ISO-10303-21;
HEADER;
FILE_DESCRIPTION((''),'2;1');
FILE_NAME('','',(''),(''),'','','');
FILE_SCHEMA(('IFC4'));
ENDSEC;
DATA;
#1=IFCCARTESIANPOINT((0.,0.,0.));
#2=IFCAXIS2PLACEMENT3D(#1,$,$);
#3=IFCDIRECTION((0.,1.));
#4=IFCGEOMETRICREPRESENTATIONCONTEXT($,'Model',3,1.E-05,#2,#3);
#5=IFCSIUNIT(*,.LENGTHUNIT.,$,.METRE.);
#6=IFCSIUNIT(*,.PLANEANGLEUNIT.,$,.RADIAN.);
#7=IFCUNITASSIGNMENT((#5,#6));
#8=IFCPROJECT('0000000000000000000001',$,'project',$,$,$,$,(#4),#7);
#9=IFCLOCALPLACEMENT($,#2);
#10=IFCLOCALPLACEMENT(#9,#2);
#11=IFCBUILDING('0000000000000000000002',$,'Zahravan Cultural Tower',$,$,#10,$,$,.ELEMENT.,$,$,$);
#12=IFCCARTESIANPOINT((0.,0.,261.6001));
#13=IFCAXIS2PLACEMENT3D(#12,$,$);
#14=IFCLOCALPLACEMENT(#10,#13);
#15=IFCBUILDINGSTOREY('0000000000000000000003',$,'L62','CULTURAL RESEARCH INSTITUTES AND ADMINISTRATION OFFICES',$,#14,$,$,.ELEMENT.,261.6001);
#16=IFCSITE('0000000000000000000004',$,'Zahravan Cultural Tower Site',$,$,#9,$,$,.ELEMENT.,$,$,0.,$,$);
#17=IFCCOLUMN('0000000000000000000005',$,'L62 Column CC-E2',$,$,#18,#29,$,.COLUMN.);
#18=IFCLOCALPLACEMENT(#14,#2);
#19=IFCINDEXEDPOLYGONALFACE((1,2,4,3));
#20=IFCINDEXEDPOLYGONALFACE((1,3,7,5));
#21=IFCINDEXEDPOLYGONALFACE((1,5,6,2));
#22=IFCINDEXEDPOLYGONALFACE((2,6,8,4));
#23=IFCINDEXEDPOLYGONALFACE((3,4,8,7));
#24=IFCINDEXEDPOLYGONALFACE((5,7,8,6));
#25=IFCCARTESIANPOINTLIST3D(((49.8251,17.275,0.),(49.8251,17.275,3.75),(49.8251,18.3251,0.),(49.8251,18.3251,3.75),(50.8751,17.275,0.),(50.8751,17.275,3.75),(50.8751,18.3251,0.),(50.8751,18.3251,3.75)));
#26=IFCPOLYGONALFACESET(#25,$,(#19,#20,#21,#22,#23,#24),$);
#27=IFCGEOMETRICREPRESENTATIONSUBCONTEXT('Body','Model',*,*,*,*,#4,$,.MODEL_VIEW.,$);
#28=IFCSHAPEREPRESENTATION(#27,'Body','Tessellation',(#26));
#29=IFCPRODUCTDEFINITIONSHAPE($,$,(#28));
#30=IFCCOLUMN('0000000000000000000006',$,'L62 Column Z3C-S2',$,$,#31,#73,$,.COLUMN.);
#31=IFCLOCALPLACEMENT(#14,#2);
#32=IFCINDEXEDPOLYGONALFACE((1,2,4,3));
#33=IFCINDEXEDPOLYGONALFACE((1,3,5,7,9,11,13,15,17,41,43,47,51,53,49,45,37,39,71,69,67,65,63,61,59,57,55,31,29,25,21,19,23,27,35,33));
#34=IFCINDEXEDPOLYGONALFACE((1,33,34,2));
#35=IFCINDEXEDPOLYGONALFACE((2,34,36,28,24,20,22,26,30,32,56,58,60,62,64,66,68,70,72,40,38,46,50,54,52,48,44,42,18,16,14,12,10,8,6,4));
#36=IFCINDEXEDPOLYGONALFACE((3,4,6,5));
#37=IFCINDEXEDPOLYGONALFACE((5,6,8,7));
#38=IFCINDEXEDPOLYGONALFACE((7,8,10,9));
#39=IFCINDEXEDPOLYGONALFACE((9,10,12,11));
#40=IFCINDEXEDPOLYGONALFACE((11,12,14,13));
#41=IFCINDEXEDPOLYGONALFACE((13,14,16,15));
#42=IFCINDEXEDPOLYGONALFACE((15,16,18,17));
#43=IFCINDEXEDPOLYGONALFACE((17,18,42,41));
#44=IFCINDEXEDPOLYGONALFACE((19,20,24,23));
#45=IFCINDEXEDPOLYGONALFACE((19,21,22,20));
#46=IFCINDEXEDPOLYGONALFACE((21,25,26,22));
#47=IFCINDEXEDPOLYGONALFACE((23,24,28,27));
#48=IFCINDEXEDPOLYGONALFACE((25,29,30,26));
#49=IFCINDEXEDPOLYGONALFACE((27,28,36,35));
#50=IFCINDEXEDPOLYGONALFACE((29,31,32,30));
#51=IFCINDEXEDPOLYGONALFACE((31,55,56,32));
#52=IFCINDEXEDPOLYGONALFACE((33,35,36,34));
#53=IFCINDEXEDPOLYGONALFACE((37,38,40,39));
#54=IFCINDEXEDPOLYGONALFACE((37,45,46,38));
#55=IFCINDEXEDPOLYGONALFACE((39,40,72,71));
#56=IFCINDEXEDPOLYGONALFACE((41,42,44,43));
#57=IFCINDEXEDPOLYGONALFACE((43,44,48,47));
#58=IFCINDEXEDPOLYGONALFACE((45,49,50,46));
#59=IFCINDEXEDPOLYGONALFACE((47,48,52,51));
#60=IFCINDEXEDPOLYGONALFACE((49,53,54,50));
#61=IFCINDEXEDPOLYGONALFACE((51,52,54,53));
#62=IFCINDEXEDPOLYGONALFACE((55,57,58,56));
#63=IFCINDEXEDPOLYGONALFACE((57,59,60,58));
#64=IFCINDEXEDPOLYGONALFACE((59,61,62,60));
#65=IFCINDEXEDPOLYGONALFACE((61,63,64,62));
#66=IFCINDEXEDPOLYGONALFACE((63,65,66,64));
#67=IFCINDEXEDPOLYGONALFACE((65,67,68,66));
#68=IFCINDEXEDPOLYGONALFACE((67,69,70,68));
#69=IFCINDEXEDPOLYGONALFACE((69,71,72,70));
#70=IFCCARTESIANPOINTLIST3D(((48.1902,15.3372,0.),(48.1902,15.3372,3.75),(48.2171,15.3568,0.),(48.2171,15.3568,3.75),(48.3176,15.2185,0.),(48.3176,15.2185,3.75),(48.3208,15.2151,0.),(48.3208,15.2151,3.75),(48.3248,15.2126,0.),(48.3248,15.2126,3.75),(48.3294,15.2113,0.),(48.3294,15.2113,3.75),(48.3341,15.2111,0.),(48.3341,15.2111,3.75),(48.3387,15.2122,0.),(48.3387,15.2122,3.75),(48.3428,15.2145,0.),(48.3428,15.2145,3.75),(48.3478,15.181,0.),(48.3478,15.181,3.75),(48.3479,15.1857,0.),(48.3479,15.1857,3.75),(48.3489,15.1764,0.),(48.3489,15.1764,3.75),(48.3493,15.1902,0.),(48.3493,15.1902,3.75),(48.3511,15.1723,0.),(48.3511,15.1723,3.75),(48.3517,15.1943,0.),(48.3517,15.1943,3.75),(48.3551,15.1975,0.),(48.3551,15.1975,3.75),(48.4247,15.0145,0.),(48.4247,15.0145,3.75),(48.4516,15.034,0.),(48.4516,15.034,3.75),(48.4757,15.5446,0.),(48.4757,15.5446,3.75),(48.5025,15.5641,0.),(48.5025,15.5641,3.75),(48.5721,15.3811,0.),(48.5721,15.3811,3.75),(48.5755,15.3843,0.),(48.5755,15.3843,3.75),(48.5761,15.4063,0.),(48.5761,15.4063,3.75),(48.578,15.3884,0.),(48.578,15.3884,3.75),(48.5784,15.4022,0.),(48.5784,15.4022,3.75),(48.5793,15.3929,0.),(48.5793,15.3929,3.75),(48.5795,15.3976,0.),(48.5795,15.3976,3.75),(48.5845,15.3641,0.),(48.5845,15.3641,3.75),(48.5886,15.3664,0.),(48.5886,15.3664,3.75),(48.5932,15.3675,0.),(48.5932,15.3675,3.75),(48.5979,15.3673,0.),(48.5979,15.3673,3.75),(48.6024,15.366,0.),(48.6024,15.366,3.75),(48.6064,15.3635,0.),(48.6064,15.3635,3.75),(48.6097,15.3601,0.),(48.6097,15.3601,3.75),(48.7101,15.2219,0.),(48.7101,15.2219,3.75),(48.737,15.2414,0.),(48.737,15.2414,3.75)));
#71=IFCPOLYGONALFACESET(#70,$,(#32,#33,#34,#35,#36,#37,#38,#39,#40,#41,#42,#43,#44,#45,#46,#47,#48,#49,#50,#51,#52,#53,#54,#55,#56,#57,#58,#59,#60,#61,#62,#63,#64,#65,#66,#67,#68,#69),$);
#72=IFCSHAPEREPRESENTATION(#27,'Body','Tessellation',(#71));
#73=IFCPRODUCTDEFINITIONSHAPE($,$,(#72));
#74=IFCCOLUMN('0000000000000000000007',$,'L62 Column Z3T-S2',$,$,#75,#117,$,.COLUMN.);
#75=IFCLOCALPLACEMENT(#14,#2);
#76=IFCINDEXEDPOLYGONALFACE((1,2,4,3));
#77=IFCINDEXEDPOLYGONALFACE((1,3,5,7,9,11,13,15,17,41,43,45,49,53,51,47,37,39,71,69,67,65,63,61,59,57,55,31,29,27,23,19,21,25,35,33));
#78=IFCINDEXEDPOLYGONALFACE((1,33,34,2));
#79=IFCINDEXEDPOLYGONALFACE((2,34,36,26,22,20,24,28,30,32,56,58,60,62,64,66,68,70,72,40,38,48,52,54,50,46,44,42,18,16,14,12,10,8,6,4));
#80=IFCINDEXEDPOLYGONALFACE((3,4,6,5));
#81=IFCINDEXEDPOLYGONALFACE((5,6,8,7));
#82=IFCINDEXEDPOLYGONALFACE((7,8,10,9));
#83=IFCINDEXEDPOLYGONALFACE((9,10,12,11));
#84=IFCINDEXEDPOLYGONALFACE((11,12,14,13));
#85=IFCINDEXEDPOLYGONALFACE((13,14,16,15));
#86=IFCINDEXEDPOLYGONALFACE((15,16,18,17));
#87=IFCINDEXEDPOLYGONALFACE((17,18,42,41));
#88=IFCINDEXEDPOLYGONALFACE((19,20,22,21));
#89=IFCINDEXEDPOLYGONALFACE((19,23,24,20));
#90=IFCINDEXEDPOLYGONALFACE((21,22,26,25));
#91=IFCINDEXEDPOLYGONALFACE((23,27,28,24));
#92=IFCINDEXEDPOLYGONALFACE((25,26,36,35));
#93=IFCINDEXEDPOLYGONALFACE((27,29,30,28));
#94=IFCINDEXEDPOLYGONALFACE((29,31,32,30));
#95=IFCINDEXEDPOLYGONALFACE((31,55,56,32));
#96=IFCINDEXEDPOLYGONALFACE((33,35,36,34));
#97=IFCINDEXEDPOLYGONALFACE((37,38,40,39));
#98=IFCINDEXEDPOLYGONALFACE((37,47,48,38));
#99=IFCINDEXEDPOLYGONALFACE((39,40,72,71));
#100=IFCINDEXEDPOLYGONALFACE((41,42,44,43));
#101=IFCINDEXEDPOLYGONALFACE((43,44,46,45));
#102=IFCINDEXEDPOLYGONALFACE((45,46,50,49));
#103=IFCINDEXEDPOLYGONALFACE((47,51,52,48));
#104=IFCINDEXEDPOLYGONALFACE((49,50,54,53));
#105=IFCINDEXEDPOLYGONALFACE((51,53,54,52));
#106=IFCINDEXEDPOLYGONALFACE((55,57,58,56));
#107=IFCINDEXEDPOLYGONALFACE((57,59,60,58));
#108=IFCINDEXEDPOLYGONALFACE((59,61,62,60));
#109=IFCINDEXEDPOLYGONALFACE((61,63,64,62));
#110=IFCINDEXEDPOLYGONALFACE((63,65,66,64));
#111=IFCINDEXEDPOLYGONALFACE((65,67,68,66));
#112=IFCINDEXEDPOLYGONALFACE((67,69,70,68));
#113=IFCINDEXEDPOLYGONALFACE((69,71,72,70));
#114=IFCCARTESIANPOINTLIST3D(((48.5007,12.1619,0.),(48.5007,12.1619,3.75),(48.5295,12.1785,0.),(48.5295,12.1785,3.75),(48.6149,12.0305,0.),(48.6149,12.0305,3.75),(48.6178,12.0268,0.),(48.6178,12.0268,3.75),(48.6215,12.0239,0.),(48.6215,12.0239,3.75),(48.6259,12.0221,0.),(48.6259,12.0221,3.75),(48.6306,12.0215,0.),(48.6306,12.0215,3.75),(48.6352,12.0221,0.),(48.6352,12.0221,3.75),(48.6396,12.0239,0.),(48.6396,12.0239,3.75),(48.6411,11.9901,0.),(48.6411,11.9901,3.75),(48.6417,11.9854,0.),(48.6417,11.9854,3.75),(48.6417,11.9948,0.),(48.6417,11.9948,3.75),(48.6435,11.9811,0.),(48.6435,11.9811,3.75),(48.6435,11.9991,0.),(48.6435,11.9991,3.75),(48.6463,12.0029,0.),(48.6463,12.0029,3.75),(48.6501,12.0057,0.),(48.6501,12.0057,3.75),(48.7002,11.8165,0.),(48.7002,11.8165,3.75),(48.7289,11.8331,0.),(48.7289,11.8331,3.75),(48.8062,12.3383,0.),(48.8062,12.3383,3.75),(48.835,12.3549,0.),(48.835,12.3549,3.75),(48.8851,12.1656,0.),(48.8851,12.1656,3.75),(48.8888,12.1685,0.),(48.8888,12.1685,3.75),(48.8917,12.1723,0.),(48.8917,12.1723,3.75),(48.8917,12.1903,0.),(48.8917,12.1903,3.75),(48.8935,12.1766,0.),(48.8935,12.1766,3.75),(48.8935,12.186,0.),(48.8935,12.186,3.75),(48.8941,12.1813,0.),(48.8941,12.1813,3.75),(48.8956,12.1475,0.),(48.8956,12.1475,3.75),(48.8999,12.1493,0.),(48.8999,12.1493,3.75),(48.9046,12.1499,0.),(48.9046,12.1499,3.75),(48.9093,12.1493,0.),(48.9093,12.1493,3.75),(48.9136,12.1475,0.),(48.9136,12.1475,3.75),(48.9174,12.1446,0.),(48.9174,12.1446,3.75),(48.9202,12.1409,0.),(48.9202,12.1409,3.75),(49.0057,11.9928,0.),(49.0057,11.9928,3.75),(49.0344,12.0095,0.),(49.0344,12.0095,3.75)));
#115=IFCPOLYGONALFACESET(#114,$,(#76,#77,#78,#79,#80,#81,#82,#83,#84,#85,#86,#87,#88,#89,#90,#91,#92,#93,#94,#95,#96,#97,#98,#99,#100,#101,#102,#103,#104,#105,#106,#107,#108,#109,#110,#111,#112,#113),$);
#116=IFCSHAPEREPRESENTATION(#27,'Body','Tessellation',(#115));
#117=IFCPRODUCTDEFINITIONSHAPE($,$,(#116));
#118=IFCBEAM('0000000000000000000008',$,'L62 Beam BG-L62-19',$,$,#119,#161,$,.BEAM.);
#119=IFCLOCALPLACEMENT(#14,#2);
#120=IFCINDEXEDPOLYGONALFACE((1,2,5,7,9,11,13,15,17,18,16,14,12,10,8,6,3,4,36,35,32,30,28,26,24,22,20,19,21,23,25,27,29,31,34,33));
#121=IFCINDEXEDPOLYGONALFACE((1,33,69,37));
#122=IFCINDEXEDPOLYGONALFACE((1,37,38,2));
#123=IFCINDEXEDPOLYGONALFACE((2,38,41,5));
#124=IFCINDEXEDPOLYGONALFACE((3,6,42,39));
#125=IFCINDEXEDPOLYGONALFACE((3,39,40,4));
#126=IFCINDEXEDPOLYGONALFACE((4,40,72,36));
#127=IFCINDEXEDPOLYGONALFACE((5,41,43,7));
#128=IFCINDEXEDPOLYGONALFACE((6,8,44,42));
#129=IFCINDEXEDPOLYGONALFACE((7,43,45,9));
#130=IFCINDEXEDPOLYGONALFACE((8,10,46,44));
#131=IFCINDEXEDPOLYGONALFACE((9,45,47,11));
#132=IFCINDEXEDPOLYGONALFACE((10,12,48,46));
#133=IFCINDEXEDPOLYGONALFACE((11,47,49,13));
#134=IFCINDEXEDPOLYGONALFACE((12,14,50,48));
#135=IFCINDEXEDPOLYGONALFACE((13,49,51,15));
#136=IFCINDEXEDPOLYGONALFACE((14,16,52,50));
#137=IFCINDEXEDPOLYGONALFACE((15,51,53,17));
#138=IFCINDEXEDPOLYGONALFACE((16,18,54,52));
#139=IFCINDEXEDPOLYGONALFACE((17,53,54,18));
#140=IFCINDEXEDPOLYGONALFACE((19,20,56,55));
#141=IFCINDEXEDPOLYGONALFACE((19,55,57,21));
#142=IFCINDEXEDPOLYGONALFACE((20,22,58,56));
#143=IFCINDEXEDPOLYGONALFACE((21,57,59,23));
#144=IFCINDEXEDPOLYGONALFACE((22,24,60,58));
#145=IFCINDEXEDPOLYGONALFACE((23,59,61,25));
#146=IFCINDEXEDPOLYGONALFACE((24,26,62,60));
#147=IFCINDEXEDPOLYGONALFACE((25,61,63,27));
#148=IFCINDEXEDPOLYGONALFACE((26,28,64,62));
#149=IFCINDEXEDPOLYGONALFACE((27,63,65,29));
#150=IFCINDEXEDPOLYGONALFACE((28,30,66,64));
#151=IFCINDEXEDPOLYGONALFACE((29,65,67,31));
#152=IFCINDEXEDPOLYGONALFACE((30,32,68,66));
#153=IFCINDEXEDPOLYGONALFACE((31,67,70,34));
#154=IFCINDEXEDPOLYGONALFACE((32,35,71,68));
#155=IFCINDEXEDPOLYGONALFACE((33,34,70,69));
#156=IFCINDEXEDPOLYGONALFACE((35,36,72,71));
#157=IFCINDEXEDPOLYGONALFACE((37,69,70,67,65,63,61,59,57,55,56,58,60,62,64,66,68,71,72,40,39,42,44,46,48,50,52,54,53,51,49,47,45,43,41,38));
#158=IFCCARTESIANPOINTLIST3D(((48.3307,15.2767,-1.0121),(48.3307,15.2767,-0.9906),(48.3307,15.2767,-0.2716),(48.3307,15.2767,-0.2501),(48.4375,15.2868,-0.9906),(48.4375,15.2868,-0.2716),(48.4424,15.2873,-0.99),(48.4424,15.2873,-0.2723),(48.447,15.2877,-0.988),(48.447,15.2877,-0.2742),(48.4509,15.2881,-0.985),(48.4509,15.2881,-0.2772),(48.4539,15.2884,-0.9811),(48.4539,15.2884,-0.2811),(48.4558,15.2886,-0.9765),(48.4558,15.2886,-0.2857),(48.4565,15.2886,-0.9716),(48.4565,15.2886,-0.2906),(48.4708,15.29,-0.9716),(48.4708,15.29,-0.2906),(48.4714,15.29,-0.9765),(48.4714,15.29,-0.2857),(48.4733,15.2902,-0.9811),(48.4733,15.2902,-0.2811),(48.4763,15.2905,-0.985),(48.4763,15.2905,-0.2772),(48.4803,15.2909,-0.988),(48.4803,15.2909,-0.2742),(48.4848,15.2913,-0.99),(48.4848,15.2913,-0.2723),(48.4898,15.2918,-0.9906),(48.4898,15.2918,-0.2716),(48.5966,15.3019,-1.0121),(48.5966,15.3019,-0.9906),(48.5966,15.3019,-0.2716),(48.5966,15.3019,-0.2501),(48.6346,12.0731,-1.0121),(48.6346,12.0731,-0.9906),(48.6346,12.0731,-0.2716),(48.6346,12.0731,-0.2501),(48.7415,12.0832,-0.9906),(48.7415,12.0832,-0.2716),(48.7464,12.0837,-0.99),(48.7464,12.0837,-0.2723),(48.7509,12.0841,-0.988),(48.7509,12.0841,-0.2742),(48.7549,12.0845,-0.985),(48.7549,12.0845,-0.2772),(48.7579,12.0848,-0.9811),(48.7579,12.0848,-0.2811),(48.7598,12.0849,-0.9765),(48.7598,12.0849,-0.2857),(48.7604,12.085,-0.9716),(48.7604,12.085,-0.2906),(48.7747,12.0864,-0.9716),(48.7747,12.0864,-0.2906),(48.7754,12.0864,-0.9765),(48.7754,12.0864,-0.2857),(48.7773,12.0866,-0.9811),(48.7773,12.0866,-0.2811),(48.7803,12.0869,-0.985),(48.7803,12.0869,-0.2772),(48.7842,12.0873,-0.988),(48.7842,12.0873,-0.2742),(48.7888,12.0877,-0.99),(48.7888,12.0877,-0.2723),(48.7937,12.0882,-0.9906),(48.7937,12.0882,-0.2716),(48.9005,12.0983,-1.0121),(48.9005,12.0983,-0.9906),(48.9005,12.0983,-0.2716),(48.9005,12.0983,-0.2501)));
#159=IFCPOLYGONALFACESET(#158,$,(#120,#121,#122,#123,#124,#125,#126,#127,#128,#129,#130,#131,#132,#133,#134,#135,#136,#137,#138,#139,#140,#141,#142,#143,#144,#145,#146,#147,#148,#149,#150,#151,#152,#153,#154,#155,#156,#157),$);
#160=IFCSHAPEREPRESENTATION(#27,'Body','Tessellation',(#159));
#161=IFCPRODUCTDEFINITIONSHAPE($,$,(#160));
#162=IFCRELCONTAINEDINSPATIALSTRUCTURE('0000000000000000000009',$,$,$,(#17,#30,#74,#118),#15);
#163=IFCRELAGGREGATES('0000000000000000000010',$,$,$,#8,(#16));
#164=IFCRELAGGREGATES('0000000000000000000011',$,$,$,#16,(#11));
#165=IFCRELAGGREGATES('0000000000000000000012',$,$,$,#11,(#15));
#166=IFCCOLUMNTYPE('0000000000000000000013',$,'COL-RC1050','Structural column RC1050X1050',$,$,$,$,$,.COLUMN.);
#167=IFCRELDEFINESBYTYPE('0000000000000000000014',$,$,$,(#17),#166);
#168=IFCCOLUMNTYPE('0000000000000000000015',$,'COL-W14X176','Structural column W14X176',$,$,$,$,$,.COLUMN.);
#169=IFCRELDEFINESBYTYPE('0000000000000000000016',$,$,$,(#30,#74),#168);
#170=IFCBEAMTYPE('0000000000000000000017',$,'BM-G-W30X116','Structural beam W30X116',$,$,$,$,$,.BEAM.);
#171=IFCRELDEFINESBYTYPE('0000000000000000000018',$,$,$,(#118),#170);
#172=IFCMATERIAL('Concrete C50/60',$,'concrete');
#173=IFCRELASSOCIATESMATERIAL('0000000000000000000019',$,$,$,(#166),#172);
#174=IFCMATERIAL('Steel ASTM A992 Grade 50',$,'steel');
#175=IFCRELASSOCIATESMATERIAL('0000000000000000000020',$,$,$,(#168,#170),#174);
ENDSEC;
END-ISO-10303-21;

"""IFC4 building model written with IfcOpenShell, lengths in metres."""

from ifc_helpers import new_model, si_unit, direction, frame, origin, origin_2d, place, context, subcontext, project, spatial, rectangle, i_section, extrude, source, transform, mapped, material, material_profile, profile_set, type_object, element, save


model = new_model("IFC4")

# Units and contexts
model_context = context("Model", 3, precision=1e-05, world=origin(), true_north=direction((0.0, 1.0)))
body_context = subcontext(model_context, "Body", "Model", "MODEL_VIEW")
ifc_project = project(units=[si_unit("LENGTHUNIT", "METRE"), si_unit("PLANEANGLEUNIT", "RADIAN")], contexts=[model_context])

# Site, building, storey
site_placement = place(None, origin())
site = spatial("IfcSite", under=ifc_project, at=site_placement, Name="Zahravan Cultural Tower Site", CompositionType="ELEMENT", RefElevation=0.0)
building_placement = place(site_placement, origin())
building = spatial("IfcBuilding", under=site, at=building_placement, Name="Zahravan Cultural Tower", CompositionType="ELEMENT")
storey_placement = place(building_placement, frame((0.0, 0.0, 261.6001)))
storey = spatial("IfcBuildingStorey", under=building, at=storey_placement, Name="L62", Description="CULTURAL RESEARCH INSTITUTES AND ADMINISTRATION OFFICES", CompositionType="ELEMENT", Elevation=261.6001)

# Columns
ifc_material_1 = material(Name="Concrete C50/60", Category="concrete")
ifc_material_profile_1 = material_profile(ifc_material_1, rectangle(XDim=1.05, YDim=1.05, at=origin_2d()), Name="RC1050X1050")
ifc_profile_set_1 = profile_set([ifc_material_profile_1], Name="Concrete C50/60")
column_type_1 = type_object("IfcColumnType", Name="COL-RC1050", Description="Structural column RC1050X1050", PredefinedType="COLUMN", material=ifc_profile_set_1)
shared_shape_1 = source(origin(), body_context, "Body", "SweptSolid", [
    extrude(rectangle(XDim=1.05, YDim=1.05, at=origin_2d()), origin(), (0.0, 0.0, 1.0), 3.75),
])
column_placement = place(storey_placement, frame((50.3501, 17.8, 0.0), z_axis=(0.0, 0.0, 1.0), x_axis=(1.0, 0.0, 0.0)))
element("IfcColumn", 1, at=column_placement, inside=storey, type_object=column_type_1, Name="L62 Column CC-E2", PredefinedType="COLUMN", context=body_context, shape_type="MappedRepresentation", body=[
    mapped(shared_shape_1, transform((0.0, 0.0, 0.0), x_axis=(1.0, 0.0, 0.0), y_axis=(0.0, 1.0, 0.0), z_axis=(0.0, 0.0, 1.0), scale=1.0)),
])
ifc_material_2 = material(Name="Steel ASTM A992 Grade 50", Category="steel")
ifc_material_profile_2 = material_profile(ifc_material_2, i_section(OverallWidth=0.3989, OverallDepth=0.386, WebThickness=0.021, FlangeThickness=0.0332, FilletRadius=0.0181, at=origin_2d()), Name="W14X176")
ifc_profile_set_2 = profile_set([ifc_material_profile_2], Name="Steel ASTM A992 Grade 50")
column_type_2 = type_object("IfcColumnType", Name="COL-W14X176", Description="Structural column W14X176", PredefinedType="COLUMN", material=ifc_profile_set_2)
shared_shape_2 = source(origin(), body_context, "Body", "SweptSolid", [
    extrude(i_section(OverallWidth=0.3989, OverallDepth=0.386, WebThickness=0.021, FlangeThickness=0.0332, FilletRadius=0.0181, at=origin_2d()), origin(), (0.0, 0.0, 1.0), 3.75),
])
for number, where, z_axis, x_axis, name in (
    (2, (48.4636, 15.2893, 0.0), (0.0, 0.0, 1.0), (-0.587785, 0.809017, 0.0), "L62 Column Z3C-S2"),
    (3, (48.7676, 12.0857, 0.0), (0.0, 0.0, 1.0), (-0.5, 0.866025, 0.0), "L62 Column Z3T-S2"),
):
    element("IfcColumn", number, at=place(storey_placement, frame(where, z_axis=z_axis, x_axis=x_axis)), inside=storey, type_object=column_type_2, Name=name, PredefinedType="COLUMN", context=body_context, shape_type="MappedRepresentation", body=[
        mapped(shared_shape_2, transform((0.0, 0.0, 0.0), x_axis=(1.0, 0.0, 0.0), y_axis=(0.0, 1.0, 0.0), z_axis=(0.0, 0.0, 1.0), scale=1.0)),
    ])

# Beam
ifc_material_profile_3 = material_profile(ifc_material_2, i_section(OverallWidth=0.2671, OverallDepth=0.762, WebThickness=0.0144, FlangeThickness=0.0215, FilletRadius=0.019, at=origin_2d()), Name="W30X116")
ifc_profile_set_3 = profile_set([ifc_material_profile_3], Name="Steel ASTM A992 Grade 50")
beam_type = type_object("IfcBeamType", Name="BM-G-W30X116", Description="Structural beam W30X116", PredefinedType="BEAM", material=ifc_profile_set_3)
shared_shape_3 = source(origin(), body_context, "Body", "SweptSolid", [
    extrude(i_section(OverallWidth=0.2671, OverallDepth=0.762, WebThickness=0.0144, FlangeThickness=0.0215, FilletRadius=0.019, at=origin_2d()), origin(), (0.0, 0.0, 1.0), 3.218),
])
beam_placement = place(storey_placement, frame((48.4636, 15.2893, -0.6311), z_axis=(0.094455, -0.995529, 0.0), x_axis=(0.995529, 0.094455, 0.0)))
element("IfcBeam", 4, at=beam_placement, inside=storey, type_object=beam_type, Name="L62 Beam BG-L62-19", PredefinedType="BEAM", context=body_context, shape_type="MappedRepresentation", body=[
    mapped(shared_shape_3, transform((0.0, 0.0, 0.0), x_axis=(1.0, 0.0, 0.0), y_axis=(0.0, 1.0, 0.0), z_axis=(0.0, 0.0, 1.0), scale=1.0)),
])

save(model, "model.ifc")
